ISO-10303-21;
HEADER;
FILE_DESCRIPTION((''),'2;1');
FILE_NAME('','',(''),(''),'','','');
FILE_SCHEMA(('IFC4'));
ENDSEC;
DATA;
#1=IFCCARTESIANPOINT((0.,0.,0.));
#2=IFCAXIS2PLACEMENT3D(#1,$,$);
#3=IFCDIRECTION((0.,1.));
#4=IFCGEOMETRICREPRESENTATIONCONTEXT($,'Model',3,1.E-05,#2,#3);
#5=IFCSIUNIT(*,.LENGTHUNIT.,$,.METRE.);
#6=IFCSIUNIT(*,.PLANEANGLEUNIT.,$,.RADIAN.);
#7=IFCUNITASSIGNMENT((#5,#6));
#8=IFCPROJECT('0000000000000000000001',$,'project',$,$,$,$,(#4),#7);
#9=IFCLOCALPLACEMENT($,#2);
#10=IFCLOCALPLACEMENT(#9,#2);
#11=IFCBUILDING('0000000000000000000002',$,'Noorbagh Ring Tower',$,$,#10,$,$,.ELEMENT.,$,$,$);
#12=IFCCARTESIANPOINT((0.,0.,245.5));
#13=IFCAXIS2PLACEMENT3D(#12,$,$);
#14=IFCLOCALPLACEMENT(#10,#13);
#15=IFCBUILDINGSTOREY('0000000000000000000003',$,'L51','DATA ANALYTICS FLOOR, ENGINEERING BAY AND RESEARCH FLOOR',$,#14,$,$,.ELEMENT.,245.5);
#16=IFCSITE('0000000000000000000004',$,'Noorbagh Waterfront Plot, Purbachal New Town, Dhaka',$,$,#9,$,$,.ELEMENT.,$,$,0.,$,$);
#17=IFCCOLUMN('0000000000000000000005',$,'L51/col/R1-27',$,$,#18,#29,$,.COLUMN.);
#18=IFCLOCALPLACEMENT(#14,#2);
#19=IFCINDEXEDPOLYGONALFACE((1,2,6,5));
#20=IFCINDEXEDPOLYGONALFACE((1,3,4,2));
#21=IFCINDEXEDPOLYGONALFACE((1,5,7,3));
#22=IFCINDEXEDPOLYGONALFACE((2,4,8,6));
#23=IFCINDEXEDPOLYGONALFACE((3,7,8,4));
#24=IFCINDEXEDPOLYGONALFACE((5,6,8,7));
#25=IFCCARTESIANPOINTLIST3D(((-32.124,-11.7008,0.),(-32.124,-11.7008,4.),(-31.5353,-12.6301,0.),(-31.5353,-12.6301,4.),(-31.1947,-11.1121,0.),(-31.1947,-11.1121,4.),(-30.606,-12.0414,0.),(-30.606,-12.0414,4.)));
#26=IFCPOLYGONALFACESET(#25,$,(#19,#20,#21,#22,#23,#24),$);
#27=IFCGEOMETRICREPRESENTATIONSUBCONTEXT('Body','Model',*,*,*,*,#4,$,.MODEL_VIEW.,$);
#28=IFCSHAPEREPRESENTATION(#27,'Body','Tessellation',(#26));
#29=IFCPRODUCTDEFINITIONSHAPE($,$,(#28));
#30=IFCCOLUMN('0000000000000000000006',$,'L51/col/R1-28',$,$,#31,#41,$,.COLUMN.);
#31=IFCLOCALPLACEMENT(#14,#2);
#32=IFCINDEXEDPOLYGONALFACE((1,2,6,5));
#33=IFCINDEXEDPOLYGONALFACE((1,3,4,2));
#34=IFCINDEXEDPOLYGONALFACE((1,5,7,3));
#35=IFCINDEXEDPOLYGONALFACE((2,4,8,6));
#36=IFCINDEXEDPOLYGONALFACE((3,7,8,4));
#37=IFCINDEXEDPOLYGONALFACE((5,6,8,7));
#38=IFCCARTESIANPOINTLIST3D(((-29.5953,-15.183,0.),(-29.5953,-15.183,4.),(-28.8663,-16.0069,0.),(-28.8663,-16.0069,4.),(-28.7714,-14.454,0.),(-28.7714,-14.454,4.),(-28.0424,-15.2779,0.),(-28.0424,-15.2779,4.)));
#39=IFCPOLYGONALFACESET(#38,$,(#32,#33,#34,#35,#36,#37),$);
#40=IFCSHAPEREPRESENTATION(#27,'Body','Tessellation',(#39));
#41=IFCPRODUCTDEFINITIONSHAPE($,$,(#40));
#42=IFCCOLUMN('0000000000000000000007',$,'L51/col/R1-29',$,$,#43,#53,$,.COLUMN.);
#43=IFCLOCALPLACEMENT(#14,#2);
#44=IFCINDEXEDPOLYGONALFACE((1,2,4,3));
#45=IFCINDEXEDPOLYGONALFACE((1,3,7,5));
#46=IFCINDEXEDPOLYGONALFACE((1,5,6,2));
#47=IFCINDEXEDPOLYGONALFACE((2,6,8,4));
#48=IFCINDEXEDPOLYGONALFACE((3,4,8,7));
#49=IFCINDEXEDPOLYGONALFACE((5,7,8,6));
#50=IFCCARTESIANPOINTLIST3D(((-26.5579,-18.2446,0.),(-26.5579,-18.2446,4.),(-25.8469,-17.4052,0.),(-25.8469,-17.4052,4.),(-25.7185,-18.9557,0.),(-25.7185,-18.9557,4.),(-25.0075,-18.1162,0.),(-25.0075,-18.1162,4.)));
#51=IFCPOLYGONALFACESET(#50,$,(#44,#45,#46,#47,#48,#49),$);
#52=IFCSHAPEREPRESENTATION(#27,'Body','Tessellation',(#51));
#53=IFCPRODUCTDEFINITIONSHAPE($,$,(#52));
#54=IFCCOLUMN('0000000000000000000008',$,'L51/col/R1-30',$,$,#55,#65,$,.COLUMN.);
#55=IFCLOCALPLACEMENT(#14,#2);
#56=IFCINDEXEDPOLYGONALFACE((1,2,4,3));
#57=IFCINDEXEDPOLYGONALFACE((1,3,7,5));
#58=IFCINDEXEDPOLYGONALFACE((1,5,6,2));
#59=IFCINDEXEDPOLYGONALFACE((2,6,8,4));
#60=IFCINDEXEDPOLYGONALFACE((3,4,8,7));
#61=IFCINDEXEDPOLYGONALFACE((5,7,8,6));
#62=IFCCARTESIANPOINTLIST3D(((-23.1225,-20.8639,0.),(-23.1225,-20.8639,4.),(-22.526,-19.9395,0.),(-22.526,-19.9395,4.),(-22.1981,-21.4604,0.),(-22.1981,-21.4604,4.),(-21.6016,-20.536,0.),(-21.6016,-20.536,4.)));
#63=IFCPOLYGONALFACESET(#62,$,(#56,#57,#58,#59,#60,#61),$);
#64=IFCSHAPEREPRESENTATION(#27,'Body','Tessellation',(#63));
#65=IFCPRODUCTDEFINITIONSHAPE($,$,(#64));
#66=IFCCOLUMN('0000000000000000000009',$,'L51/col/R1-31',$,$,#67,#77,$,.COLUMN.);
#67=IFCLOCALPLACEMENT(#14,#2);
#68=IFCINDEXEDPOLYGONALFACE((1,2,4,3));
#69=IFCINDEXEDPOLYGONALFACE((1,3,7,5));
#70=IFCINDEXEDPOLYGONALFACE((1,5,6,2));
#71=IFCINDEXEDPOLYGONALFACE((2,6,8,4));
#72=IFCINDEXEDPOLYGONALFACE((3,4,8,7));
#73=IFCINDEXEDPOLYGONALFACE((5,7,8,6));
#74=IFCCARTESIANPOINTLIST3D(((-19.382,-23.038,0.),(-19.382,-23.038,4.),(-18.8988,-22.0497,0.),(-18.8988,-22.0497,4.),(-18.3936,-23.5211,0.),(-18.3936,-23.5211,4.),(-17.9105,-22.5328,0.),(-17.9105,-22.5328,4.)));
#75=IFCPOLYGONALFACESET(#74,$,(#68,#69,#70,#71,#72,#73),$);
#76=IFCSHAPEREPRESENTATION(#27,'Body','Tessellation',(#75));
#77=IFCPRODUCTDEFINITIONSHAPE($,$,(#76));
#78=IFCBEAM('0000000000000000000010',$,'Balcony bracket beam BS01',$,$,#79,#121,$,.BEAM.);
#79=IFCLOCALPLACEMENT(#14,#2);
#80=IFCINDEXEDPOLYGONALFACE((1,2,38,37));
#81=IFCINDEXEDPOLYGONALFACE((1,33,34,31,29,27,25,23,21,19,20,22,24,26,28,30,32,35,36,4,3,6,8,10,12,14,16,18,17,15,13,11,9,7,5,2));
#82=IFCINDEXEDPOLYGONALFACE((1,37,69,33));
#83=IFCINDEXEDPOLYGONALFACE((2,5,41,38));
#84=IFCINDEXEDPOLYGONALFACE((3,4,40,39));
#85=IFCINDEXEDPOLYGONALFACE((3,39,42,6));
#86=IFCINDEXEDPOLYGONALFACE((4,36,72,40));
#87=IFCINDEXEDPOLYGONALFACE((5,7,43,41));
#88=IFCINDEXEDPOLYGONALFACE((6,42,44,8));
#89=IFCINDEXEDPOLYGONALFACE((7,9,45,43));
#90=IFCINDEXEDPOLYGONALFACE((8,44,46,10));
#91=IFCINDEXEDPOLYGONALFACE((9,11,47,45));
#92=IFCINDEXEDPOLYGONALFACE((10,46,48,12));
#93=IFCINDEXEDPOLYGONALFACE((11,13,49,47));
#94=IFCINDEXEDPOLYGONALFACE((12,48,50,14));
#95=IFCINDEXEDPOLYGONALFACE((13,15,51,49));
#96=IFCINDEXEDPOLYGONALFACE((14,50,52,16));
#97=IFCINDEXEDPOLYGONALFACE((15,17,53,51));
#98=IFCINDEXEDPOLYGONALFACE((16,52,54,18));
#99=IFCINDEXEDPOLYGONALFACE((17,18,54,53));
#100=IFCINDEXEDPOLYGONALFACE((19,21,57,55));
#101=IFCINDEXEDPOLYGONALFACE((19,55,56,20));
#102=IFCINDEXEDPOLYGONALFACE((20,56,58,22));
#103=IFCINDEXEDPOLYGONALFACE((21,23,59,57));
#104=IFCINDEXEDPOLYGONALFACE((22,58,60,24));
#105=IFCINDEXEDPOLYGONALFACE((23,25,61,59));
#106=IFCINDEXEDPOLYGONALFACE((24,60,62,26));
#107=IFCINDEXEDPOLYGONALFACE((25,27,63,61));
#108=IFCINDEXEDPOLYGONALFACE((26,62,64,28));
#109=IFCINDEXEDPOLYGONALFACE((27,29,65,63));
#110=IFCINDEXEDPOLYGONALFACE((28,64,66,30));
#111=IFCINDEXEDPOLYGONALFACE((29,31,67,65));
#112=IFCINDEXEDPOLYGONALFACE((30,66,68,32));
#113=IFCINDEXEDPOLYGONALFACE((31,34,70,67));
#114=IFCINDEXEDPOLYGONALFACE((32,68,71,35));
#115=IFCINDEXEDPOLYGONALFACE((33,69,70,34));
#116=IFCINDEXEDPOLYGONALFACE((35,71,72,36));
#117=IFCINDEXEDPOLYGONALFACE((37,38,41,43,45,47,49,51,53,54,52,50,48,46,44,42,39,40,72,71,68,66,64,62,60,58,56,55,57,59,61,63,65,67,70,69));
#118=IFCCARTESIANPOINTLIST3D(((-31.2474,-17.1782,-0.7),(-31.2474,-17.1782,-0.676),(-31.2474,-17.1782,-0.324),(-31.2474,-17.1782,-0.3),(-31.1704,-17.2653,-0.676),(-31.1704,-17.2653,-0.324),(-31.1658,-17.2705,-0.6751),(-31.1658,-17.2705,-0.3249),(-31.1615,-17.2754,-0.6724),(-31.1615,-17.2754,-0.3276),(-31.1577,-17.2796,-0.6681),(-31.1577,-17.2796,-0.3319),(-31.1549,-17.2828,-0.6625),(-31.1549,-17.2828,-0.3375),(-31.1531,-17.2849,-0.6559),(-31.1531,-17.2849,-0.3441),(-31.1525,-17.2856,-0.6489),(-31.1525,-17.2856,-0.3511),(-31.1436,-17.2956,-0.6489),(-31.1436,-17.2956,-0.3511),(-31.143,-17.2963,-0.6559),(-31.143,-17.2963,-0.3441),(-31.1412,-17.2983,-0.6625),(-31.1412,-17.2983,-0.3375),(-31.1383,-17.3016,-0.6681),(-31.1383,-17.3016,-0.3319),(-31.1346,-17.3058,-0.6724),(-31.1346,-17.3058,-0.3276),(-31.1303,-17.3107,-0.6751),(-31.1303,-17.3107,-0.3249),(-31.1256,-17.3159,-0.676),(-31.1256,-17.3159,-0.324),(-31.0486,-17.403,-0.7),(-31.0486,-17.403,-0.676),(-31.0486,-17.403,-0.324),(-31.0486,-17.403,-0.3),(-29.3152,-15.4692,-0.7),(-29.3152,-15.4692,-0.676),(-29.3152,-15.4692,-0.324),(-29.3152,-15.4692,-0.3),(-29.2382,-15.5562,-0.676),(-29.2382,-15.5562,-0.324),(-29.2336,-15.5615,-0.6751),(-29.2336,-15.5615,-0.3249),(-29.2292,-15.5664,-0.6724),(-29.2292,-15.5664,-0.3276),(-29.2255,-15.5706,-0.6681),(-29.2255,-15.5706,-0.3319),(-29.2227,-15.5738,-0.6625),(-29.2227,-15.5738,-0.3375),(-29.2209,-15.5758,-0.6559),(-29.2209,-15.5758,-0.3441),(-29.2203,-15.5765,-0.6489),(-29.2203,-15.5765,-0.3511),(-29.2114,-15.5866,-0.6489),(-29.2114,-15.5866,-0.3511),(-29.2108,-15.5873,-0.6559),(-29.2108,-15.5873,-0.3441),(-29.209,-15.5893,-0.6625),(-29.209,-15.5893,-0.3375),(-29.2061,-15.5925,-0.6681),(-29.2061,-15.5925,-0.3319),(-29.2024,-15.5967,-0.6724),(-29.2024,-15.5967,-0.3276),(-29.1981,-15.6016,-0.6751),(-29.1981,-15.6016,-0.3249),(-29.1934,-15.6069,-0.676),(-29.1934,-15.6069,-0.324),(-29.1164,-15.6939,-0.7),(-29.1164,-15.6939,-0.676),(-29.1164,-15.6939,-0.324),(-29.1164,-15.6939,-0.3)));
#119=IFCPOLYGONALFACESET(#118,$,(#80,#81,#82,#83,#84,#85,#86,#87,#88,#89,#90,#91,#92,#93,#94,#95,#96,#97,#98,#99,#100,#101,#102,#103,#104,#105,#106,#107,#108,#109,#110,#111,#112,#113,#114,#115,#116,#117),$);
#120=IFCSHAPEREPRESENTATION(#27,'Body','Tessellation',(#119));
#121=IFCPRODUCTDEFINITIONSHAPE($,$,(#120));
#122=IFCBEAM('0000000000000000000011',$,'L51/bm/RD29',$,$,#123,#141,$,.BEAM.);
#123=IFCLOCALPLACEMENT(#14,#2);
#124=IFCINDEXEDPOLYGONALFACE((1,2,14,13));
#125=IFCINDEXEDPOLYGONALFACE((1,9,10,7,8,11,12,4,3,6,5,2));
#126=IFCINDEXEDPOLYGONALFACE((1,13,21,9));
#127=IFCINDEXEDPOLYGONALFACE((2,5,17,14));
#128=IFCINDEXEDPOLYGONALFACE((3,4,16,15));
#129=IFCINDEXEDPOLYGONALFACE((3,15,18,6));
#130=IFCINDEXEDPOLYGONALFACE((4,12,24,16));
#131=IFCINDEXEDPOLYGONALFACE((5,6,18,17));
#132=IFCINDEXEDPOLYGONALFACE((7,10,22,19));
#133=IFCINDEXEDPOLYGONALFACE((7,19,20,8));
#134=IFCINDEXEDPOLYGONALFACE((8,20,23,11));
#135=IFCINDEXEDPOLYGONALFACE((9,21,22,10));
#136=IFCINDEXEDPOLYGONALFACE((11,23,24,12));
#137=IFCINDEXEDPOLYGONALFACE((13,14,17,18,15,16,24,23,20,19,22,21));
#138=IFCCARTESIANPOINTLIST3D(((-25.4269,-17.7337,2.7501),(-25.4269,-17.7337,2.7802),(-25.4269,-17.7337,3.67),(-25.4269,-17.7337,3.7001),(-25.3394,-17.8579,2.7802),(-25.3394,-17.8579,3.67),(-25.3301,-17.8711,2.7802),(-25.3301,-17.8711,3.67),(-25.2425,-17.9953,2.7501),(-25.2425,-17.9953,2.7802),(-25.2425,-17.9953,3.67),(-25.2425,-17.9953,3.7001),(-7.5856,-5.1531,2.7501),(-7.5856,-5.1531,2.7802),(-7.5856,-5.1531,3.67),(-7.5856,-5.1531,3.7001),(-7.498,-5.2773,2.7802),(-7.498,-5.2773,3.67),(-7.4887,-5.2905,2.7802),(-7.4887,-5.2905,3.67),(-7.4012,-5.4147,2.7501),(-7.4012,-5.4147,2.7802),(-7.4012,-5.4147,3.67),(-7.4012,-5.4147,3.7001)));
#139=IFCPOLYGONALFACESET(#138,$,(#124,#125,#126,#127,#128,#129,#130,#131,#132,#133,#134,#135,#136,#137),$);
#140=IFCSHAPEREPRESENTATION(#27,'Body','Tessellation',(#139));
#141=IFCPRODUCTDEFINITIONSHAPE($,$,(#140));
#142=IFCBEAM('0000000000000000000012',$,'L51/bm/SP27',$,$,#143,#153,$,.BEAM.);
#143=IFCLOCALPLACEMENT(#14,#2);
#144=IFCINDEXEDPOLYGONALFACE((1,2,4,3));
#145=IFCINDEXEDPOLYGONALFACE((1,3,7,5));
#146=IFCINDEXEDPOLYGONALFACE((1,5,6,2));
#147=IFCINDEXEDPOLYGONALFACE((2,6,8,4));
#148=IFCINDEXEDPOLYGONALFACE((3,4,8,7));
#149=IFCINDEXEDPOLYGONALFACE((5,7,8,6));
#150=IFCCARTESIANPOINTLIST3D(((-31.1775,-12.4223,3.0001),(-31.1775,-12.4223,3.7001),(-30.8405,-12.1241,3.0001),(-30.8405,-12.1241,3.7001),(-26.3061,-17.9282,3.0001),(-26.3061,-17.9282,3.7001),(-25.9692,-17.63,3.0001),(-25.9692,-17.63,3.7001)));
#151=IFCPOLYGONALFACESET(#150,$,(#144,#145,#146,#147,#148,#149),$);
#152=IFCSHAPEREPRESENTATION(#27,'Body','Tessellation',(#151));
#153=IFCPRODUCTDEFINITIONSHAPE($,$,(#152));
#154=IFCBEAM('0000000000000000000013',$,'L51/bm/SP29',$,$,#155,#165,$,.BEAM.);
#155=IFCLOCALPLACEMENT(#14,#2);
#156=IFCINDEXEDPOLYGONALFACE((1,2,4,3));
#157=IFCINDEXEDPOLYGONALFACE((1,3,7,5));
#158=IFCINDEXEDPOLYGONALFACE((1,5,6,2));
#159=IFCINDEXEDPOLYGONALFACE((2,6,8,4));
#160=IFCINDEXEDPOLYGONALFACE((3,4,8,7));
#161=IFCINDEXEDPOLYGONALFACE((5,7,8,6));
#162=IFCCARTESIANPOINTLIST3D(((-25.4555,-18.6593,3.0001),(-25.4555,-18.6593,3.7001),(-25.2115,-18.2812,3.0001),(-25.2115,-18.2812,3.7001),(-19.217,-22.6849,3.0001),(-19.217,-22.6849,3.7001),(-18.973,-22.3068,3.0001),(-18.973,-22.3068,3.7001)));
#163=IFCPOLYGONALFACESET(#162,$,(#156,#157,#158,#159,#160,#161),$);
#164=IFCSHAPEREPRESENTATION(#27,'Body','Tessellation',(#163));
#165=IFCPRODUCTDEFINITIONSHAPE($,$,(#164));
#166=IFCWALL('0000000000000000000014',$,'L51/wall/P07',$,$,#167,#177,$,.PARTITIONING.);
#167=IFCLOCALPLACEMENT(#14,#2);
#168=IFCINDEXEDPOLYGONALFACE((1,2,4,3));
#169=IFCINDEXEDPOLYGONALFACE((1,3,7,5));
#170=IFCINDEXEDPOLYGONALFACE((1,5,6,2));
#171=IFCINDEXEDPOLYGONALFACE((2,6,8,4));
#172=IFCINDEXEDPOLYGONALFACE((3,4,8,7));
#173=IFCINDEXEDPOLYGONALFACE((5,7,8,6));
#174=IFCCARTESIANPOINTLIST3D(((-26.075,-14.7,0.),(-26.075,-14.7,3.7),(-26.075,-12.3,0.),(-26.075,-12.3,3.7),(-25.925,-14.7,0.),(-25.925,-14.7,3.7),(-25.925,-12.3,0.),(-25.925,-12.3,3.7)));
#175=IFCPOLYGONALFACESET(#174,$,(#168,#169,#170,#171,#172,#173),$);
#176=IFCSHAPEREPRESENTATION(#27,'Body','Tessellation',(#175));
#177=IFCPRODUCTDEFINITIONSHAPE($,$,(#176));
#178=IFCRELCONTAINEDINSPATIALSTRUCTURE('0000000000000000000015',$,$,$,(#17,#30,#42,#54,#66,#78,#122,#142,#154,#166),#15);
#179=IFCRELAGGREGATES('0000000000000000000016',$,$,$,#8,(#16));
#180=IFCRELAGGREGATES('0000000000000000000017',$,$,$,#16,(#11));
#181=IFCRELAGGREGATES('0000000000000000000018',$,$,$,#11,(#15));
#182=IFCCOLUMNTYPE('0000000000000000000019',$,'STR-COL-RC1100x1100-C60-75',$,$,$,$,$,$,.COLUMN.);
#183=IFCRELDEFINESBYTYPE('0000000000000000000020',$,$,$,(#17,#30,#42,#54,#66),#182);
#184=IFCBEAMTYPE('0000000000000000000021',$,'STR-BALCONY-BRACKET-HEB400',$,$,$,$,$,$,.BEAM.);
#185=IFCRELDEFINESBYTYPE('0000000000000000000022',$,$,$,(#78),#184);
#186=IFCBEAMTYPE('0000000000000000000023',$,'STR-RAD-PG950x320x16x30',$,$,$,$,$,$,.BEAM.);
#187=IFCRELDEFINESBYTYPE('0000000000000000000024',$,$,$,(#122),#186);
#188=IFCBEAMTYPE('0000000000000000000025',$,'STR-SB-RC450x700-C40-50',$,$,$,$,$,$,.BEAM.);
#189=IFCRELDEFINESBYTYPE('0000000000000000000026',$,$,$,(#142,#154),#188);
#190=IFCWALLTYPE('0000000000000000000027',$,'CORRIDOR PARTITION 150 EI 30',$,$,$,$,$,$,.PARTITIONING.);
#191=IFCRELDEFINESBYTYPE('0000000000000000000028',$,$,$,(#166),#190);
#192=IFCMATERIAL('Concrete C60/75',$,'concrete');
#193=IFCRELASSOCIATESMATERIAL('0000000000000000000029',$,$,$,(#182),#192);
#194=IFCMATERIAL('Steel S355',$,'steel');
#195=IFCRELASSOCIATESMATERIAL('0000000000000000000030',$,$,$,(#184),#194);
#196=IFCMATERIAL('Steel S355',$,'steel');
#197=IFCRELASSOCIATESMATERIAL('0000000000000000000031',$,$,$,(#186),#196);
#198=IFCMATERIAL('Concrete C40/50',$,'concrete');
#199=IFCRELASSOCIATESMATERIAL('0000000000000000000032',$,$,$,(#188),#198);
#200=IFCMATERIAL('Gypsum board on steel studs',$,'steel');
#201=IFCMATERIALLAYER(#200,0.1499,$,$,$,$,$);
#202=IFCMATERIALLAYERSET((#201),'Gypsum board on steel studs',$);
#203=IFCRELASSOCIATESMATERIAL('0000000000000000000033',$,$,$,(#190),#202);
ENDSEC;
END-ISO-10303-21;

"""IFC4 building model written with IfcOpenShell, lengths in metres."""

from ifc_helpers import new_model, si_unit, direction, frame, frame_2d, origin, origin_2d, place, context, subcontext, project, spatial, rectangle, i_section, extrude, material, layer, layer_set, material_profile, profile_set, type_object, element, save


model = new_model("IFC4")

# Units and contexts
model_context = context("Model", 3, precision=1e-05, world=origin(), true_north=direction((0.0, 1.0)))
body_context = subcontext(model_context, "Body", "Model", "MODEL_VIEW")
ifc_project = project(units=[si_unit("LENGTHUNIT", "METRE"), si_unit("PLANEANGLEUNIT", "RADIAN")], contexts=[model_context])

# Site, building, storey
site_placement = place(None, origin())
site = spatial("IfcSite", under=ifc_project, at=site_placement, Name="Noorbagh Waterfront Plot, Purbachal New Town, Dhaka", CompositionType="ELEMENT", RefElevation=0.0)
building_placement = place(site_placement, origin())
building = spatial("IfcBuilding", under=site, at=building_placement, Name="Noorbagh Ring Tower", CompositionType="ELEMENT")
storey_placement = place(building_placement, frame((0.0, 0.0, 245.5)))
storey = spatial("IfcBuildingStorey", under=building, at=storey_placement, Name="L51", Description="DATA ANALYTICS FLOOR, ENGINEERING BAY AND RESEARCH FLOOR", CompositionType="ELEMENT", Elevation=245.5)

# Columns
ifc_material_1 = material(Name="Concrete C60/75", Category="concrete")
ifc_material_profile_1 = material_profile(ifc_material_1, rectangle(XDim=1.1001, YDim=1.1001, at=origin_2d()), Name="RC1100x1100")
ifc_profile_set_1 = profile_set([ifc_material_profile_1], Name="Concrete C60/75")
column_type = type_object("IfcColumnType", Name="STR-COL-RC1100x1100-C60-75", PredefinedType="COLUMN", material=ifc_profile_set_1)
for number, where, z_axis, x_axis, name in (
    (1, (-31.365, -11.8711, 0.0), (0.0, 0.0, 1.0), (0.53519, -0.844731, 0.0), "L51/col/R1-27"),
    (2, (-28.8188, -15.2305, 0.0), (0.0, 0.0, 1.0), (0.662636, -0.748942, 0.0), "L51/col/R1-28"),
    (3, (-25.7827, -18.1804, 0.0), (0.0, 0.0, 1.0), (0.763035, -0.646357, 0.0), "L51/col/R1-29"),
    (4, (-22.3621, -20.7, 0.0), (0.0, 0.0, 1.0), (0.840248, -0.542203, 0.0), "L51/col/R1-30"),
    (5, (-18.6462, -22.7854, 0.0), (0.0, 0.0, 1.0), (0.898399, -0.43918, 0.0), "L51/col/R1-31"),
):
    element("IfcColumn", number, at=place(storey_placement, frame(where, z_axis=z_axis, x_axis=x_axis)), inside=storey, type_object=column_type, Name=name, PredefinedType="COLUMN", context=body_context, shape_type="SweptSolid", body=[
        extrude(rectangle(XDim=1.1001, YDim=1.1001, at=origin_2d()), origin(), (0.0, 0.0, 1.0), 4.0),
    ])

# Beams
ifc_material_2 = material(Name="Steel S355", Category="steel")
ifc_material_profile_2 = material_profile(ifc_material_2, i_section(OverallWidth=0.3, OverallDepth=0.3999, WebThickness=0.0134, FlangeThickness=0.0239, FilletRadius=0.0271, at=origin_2d()), Name="HEB400")
ifc_profile_set_2 = profile_set([ifc_material_profile_2], Name="Steel S355")
beam_type_1 = type_object("IfcBeamType", Name="STR-BALCONY-BRACKET-HEB400", PredefinedType="BEAM", material=ifc_profile_set_2)
beam_1_placement = place(storey_placement, frame((-29.2158, -15.5815, -0.5), z_axis=(-0.749036, -0.662529, 0.0), x_axis=(0.662529, -0.749036, 0.0)))
element("IfcBeam", 6, at=beam_1_placement, inside=storey, type_object=beam_type_1, Name="Balcony bracket beam BS01", PredefinedType="BEAM", context=body_context, shape_type="SweptSolid", body=[
    extrude(i_section(OverallWidth=0.3, OverallDepth=0.3999, WebThickness=0.0134, FlangeThickness=0.0239, FilletRadius=0.0271, at=origin_2d()), origin(), (0.0, 0.0, 1.0), 2.5796),
])
ifc_material_3 = material(Name="Steel S355", Category="steel")
ifc_material_profile_3 = material_profile(ifc_material_3, i_section(OverallWidth=0.3201, OverallDepth=0.95, WebThickness=0.0161, FlangeThickness=0.03, at=origin_2d()), Name="PG950x320x16x30")
ifc_profile_set_3 = profile_set([ifc_material_profile_3], Name="Steel S355")
beam_type_2 = type_object("IfcBeamType", Name="STR-RAD-PG950x320x16x30", PredefinedType="BEAM", material=ifc_profile_set_3)
beam_2_placement = place(storey_placement, frame((-25.3347, -17.8645, 3.2251), z_axis=(0.817255, 0.576277, 0.0), x_axis=(-0.576277, 0.817255, 0.0)))
element("IfcBeam", 7, at=beam_2_placement, inside=storey, type_object=beam_type_2, Name="L51/bm/RD29", PredefinedType="BEAM", context=body_context, shape_type="SweptSolid", body=[
    extrude(i_section(OverallWidth=0.3201, OverallDepth=0.95, WebThickness=0.0161, FlangeThickness=0.03, at=origin_2d()), origin(), (0.0, 0.0, 1.0), 21.8308),
])
ifc_material_4 = material(Name="Concrete C40/50", Category="concrete")
ifc_material_profile_4 = material_profile(ifc_material_4, rectangle(XDim=0.45, YDim=0.7, at=origin_2d()), Name="RC450x700")
ifc_profile_set_4 = profile_set([ifc_material_profile_4], Name="Concrete C40/50")
beam_type_3 = type_object("IfcBeamType", Name="STR-SB-RC450x700-C40-50", PredefinedType="BEAM", material=ifc_profile_set_4)
beam_3_placement = place(storey_placement, frame((-31.009, -12.2732, 3.3501), z_axis=(0.662633, -0.748945, 0.0), x_axis=(0.748945, 0.662633, 0.0)))
element("IfcBeam", 8, at=beam_3_placement, inside=storey, type_object=beam_type_3, Name="L51/bm/SP27", PredefinedType="BEAM", context=body_context, shape_type="SweptSolid", body=[
    extrude(rectangle(XDim=0.45, YDim=0.7, at=origin_2d()), origin(), (0.0, 0.0, 1.0), 7.3516),
])
beam_4_placement = place(storey_placement, frame((-25.3335, -18.4702, 3.3501), z_axis=(0.840249, -0.542201, 0.0), x_axis=(0.542201, 0.840249, 0.0)))
element("IfcBeam", 9, at=beam_4_placement, inside=storey, type_object=beam_type_3, Name="L51/bm/SP29", PredefinedType="BEAM", context=body_context, shape_type="SweptSolid", body=[
    extrude(rectangle(XDim=0.45, YDim=0.7, at=origin_2d()), origin(), (0.0, 0.0, 1.0), 7.4246),
])

# Wall
ifc_material_5 = material(Name="Gypsum board on steel studs", Category="steel")
ifc_layer_1 = layer(ifc_material_5, 0.1499)
ifc_layer_set_1 = layer_set([ifc_layer_1], Name="Gypsum board on steel studs")
wall_type_1 = type_object("IfcWallType", Name="CORRIDOR PARTITION 150 EI 30", PredefinedType="PARTITIONING", material=ifc_layer_set_1)
wall_1_placement = place(storey_placement, frame((-26.0, -14.7, 0.0), z_axis=(0.0, 0.0, 1.0), x_axis=(0.0, 1.0, 0.0)))
element("IfcWall", 10, at=wall_1_placement, inside=storey, type_object=wall_type_1, Name="L51/wall/P07", PredefinedType="PARTITIONING", context=body_context, shape_type="SweptSolid", body=[
    extrude(rectangle(XDim=2.3999, YDim=0.1499, at=frame_2d((1.2, 0.0))), origin(), (0.0, 0.0, 1.0), 3.7),
])

save(model, "model.ifc")
